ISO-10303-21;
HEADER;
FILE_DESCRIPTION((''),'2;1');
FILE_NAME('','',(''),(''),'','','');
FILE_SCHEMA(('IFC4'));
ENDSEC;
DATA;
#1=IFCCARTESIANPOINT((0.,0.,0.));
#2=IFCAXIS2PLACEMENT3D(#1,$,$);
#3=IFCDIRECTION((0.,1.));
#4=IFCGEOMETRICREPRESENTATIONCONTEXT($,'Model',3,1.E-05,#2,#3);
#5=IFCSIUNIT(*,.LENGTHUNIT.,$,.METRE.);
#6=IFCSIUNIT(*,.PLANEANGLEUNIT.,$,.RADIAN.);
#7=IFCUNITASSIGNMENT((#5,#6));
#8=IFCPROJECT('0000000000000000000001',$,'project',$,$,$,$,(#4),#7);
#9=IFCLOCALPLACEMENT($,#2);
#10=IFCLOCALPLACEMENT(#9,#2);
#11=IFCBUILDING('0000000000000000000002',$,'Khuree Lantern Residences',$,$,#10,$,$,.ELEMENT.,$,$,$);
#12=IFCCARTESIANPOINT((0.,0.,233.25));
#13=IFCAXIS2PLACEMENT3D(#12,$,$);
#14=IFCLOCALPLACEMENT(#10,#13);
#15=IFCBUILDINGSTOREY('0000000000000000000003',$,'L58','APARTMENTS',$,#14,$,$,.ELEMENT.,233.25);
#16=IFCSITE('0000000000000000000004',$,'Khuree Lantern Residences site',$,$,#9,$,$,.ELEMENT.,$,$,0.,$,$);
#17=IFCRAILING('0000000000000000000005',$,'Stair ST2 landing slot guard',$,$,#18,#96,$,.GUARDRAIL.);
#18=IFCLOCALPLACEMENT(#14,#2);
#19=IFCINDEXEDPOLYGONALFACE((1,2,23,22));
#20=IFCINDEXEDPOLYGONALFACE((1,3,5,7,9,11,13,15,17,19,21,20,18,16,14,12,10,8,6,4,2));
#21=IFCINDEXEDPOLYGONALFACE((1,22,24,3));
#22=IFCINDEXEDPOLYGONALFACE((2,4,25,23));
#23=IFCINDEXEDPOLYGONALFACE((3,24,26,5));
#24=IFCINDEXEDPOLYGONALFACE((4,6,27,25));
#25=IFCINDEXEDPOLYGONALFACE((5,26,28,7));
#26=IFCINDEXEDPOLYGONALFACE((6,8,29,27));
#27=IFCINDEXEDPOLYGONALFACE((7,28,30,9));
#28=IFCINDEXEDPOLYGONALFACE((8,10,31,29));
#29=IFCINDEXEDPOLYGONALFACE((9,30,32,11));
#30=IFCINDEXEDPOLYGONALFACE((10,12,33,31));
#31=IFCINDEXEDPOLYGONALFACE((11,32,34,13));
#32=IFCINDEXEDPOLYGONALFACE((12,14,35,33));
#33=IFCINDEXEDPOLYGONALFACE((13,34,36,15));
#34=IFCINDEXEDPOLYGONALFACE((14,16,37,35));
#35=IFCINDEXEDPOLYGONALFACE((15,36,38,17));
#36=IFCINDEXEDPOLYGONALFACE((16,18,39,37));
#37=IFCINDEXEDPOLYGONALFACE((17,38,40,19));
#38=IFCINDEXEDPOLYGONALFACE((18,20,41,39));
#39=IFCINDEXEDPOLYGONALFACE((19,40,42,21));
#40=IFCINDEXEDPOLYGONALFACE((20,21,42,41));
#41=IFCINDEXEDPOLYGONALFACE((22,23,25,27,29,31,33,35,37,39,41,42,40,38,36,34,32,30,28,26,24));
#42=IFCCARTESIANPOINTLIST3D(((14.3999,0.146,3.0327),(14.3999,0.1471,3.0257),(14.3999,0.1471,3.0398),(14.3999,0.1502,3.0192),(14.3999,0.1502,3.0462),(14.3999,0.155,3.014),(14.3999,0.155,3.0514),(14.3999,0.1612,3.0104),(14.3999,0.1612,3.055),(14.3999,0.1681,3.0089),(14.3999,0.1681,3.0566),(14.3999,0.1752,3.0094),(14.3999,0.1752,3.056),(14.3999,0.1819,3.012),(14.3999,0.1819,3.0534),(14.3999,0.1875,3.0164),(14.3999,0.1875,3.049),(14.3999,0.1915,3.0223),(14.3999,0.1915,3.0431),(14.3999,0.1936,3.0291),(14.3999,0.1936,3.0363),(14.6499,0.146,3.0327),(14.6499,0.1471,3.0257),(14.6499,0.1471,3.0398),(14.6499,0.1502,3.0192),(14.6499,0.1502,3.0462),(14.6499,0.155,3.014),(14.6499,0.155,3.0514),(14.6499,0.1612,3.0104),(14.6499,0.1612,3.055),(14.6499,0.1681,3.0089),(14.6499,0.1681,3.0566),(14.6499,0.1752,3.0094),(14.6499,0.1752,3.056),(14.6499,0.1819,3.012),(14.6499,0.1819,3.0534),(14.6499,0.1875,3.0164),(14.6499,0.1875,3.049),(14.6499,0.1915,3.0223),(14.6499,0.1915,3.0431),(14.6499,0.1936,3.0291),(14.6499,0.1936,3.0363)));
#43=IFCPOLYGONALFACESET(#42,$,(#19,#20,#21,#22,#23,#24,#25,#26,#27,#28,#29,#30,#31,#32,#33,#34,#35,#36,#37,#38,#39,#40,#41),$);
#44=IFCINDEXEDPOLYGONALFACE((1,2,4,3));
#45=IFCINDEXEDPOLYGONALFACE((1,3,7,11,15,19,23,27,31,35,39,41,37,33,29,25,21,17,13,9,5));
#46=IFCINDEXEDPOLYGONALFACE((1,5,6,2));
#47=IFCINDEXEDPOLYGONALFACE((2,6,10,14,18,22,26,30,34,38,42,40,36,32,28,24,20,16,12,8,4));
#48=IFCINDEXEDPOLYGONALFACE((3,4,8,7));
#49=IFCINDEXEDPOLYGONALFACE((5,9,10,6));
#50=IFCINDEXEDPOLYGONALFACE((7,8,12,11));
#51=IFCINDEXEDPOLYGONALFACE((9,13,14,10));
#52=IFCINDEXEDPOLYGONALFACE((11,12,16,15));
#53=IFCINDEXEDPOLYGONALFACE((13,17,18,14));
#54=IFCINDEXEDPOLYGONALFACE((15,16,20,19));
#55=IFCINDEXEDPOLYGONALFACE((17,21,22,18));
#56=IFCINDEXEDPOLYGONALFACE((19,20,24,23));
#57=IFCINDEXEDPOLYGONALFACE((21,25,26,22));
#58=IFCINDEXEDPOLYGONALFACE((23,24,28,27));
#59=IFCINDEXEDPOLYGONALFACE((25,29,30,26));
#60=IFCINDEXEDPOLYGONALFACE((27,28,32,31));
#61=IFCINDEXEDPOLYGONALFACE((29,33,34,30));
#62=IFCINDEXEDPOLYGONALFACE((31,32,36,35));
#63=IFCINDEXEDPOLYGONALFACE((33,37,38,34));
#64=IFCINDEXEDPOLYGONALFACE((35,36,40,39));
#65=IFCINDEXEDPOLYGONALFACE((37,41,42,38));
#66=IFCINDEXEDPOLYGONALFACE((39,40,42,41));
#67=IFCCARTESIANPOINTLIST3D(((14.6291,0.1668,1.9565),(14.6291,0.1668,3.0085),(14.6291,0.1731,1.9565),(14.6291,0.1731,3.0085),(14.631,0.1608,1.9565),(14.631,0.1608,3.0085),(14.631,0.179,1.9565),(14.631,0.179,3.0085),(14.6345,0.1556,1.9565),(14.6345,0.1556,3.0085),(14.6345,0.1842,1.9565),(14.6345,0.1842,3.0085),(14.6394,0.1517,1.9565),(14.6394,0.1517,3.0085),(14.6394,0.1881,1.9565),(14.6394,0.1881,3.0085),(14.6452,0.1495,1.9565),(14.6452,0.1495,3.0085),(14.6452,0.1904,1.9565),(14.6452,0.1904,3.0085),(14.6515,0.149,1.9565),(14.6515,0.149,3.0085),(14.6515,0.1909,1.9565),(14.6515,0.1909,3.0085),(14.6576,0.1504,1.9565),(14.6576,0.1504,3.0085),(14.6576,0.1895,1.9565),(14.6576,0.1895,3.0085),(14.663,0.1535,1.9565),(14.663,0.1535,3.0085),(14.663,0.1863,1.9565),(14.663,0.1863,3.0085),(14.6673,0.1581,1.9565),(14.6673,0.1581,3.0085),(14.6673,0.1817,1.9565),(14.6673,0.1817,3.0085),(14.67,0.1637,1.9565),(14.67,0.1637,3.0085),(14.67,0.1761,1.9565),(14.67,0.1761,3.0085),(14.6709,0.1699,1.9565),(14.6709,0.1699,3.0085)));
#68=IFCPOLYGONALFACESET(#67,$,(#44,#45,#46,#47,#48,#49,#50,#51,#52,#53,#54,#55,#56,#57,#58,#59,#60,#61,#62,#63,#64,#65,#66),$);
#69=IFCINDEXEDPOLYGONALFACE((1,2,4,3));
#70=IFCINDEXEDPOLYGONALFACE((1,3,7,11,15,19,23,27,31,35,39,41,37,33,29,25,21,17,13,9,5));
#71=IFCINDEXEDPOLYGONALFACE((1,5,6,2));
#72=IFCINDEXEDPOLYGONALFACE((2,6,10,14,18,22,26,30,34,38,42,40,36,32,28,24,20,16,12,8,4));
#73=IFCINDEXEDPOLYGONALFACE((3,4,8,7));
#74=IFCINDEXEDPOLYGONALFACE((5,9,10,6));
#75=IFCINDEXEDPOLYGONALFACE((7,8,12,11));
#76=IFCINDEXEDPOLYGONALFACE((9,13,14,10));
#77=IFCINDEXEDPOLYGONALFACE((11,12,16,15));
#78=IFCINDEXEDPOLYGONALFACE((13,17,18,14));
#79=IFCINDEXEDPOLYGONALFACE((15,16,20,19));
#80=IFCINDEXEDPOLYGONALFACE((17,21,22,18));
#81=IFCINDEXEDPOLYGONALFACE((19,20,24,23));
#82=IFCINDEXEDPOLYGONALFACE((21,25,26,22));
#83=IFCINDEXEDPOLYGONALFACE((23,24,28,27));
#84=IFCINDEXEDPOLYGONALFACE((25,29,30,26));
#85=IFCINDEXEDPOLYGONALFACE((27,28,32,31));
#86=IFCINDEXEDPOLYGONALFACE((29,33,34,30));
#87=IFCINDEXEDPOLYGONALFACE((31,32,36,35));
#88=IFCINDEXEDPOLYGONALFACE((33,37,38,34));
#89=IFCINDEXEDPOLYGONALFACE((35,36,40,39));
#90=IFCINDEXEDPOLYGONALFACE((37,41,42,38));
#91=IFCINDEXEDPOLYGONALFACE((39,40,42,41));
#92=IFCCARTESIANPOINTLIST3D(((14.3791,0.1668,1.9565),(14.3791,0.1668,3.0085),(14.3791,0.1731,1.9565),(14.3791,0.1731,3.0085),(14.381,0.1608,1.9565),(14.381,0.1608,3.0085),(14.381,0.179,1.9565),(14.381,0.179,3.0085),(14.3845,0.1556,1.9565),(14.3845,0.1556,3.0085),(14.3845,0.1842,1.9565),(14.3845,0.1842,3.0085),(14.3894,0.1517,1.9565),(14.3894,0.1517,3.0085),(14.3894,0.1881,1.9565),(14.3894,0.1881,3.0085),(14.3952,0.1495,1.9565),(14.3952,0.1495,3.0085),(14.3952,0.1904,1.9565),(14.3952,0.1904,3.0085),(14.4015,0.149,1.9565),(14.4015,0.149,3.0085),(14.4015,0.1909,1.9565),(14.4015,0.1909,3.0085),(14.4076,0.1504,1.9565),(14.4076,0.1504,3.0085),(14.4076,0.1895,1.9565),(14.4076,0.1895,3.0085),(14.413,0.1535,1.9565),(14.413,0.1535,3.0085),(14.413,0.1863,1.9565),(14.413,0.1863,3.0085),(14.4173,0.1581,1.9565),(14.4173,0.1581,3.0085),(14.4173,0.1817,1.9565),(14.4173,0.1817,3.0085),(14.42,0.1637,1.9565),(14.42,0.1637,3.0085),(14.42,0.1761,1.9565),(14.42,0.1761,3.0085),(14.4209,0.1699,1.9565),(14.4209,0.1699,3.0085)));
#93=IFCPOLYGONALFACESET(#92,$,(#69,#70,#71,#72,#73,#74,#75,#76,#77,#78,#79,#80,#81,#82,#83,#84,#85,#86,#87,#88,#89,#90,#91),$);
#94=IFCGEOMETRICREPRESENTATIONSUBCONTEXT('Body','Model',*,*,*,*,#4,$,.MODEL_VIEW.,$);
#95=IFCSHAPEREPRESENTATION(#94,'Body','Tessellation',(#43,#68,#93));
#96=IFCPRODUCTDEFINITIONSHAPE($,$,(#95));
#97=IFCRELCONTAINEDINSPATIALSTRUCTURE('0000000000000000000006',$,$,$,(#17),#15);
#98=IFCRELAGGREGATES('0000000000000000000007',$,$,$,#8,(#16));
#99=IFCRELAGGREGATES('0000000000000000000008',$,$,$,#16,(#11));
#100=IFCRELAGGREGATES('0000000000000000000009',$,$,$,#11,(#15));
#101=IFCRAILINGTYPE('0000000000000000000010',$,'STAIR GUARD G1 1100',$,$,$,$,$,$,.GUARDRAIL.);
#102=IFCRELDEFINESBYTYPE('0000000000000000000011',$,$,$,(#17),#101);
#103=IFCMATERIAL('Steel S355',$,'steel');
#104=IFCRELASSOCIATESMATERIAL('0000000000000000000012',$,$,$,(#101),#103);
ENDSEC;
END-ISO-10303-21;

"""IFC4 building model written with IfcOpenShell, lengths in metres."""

from ifc_helpers import new_model, si_unit, direction, frame, origin, origin_2d, place, context, subcontext, project, spatial, circle, extrude, material, type_object, element, save


model = new_model("IFC4")

# Units and contexts
model_context = context("Model", 3, precision=1e-05, world=origin(), true_north=direction((0.0, 1.0)))
body_context = subcontext(model_context, "Body", "Model", "MODEL_VIEW")
ifc_project = project(units=[si_unit("LENGTHUNIT", "METRE"), si_unit("PLANEANGLEUNIT", "RADIAN")], contexts=[model_context])

# Site, building, storey
site_placement = place(None, origin())
site = spatial("IfcSite", under=ifc_project, at=site_placement, Name="Khuree Lantern Residences site", CompositionType="ELEMENT", RefElevation=0.0)
building_placement = place(site_placement, origin())
building = spatial("IfcBuilding", under=site, at=building_placement, Name="Khuree Lantern Residences", CompositionType="ELEMENT")
storey_placement = place(building_placement, frame((0.0, 0.0, 233.25)))
storey = spatial("IfcBuildingStorey", under=building, at=storey_placement, Name="L58", Description="APARTMENTS", CompositionType="ELEMENT", Elevation=233.25)

# Railing
ifc_material_1 = material(Name="Steel S355", Category="steel")
railing_type = type_object("IfcRailingType", Name="STAIR GUARD G1 1100", PredefinedType="GUARDRAIL", material=ifc_material_1)
railing_placement = place(storey_placement, frame((14.6499, 0.1699, 1.9565)))
element("IfcRailing", 1, at=railing_placement, inside=storey, type_object=railing_type, Name="Stair ST2 landing slot guard", PredefinedType="GUARDRAIL", context=body_context, shape_type="SweptSolid", body=[
    extrude(circle(Radius=0.0239, at=origin_2d()), frame((0.0, 0.0, 1.0762), z_axis=(-1.0, 0.0, 0.0), x_axis=(0.0, -1.0, 0.0)), (0.0, 0.0, 1.0), 0.25),
    extrude(circle(Radius=0.021, at=origin_2d()), origin(), (0.0, 0.0, 1.0), 1.052),
    extrude(circle(Radius=0.021, at=origin_2d()), frame((-0.25, 0.0, 0.0)), (0.0, 0.0, 1.0), 1.052),
])

save(model, "model.ifc")
